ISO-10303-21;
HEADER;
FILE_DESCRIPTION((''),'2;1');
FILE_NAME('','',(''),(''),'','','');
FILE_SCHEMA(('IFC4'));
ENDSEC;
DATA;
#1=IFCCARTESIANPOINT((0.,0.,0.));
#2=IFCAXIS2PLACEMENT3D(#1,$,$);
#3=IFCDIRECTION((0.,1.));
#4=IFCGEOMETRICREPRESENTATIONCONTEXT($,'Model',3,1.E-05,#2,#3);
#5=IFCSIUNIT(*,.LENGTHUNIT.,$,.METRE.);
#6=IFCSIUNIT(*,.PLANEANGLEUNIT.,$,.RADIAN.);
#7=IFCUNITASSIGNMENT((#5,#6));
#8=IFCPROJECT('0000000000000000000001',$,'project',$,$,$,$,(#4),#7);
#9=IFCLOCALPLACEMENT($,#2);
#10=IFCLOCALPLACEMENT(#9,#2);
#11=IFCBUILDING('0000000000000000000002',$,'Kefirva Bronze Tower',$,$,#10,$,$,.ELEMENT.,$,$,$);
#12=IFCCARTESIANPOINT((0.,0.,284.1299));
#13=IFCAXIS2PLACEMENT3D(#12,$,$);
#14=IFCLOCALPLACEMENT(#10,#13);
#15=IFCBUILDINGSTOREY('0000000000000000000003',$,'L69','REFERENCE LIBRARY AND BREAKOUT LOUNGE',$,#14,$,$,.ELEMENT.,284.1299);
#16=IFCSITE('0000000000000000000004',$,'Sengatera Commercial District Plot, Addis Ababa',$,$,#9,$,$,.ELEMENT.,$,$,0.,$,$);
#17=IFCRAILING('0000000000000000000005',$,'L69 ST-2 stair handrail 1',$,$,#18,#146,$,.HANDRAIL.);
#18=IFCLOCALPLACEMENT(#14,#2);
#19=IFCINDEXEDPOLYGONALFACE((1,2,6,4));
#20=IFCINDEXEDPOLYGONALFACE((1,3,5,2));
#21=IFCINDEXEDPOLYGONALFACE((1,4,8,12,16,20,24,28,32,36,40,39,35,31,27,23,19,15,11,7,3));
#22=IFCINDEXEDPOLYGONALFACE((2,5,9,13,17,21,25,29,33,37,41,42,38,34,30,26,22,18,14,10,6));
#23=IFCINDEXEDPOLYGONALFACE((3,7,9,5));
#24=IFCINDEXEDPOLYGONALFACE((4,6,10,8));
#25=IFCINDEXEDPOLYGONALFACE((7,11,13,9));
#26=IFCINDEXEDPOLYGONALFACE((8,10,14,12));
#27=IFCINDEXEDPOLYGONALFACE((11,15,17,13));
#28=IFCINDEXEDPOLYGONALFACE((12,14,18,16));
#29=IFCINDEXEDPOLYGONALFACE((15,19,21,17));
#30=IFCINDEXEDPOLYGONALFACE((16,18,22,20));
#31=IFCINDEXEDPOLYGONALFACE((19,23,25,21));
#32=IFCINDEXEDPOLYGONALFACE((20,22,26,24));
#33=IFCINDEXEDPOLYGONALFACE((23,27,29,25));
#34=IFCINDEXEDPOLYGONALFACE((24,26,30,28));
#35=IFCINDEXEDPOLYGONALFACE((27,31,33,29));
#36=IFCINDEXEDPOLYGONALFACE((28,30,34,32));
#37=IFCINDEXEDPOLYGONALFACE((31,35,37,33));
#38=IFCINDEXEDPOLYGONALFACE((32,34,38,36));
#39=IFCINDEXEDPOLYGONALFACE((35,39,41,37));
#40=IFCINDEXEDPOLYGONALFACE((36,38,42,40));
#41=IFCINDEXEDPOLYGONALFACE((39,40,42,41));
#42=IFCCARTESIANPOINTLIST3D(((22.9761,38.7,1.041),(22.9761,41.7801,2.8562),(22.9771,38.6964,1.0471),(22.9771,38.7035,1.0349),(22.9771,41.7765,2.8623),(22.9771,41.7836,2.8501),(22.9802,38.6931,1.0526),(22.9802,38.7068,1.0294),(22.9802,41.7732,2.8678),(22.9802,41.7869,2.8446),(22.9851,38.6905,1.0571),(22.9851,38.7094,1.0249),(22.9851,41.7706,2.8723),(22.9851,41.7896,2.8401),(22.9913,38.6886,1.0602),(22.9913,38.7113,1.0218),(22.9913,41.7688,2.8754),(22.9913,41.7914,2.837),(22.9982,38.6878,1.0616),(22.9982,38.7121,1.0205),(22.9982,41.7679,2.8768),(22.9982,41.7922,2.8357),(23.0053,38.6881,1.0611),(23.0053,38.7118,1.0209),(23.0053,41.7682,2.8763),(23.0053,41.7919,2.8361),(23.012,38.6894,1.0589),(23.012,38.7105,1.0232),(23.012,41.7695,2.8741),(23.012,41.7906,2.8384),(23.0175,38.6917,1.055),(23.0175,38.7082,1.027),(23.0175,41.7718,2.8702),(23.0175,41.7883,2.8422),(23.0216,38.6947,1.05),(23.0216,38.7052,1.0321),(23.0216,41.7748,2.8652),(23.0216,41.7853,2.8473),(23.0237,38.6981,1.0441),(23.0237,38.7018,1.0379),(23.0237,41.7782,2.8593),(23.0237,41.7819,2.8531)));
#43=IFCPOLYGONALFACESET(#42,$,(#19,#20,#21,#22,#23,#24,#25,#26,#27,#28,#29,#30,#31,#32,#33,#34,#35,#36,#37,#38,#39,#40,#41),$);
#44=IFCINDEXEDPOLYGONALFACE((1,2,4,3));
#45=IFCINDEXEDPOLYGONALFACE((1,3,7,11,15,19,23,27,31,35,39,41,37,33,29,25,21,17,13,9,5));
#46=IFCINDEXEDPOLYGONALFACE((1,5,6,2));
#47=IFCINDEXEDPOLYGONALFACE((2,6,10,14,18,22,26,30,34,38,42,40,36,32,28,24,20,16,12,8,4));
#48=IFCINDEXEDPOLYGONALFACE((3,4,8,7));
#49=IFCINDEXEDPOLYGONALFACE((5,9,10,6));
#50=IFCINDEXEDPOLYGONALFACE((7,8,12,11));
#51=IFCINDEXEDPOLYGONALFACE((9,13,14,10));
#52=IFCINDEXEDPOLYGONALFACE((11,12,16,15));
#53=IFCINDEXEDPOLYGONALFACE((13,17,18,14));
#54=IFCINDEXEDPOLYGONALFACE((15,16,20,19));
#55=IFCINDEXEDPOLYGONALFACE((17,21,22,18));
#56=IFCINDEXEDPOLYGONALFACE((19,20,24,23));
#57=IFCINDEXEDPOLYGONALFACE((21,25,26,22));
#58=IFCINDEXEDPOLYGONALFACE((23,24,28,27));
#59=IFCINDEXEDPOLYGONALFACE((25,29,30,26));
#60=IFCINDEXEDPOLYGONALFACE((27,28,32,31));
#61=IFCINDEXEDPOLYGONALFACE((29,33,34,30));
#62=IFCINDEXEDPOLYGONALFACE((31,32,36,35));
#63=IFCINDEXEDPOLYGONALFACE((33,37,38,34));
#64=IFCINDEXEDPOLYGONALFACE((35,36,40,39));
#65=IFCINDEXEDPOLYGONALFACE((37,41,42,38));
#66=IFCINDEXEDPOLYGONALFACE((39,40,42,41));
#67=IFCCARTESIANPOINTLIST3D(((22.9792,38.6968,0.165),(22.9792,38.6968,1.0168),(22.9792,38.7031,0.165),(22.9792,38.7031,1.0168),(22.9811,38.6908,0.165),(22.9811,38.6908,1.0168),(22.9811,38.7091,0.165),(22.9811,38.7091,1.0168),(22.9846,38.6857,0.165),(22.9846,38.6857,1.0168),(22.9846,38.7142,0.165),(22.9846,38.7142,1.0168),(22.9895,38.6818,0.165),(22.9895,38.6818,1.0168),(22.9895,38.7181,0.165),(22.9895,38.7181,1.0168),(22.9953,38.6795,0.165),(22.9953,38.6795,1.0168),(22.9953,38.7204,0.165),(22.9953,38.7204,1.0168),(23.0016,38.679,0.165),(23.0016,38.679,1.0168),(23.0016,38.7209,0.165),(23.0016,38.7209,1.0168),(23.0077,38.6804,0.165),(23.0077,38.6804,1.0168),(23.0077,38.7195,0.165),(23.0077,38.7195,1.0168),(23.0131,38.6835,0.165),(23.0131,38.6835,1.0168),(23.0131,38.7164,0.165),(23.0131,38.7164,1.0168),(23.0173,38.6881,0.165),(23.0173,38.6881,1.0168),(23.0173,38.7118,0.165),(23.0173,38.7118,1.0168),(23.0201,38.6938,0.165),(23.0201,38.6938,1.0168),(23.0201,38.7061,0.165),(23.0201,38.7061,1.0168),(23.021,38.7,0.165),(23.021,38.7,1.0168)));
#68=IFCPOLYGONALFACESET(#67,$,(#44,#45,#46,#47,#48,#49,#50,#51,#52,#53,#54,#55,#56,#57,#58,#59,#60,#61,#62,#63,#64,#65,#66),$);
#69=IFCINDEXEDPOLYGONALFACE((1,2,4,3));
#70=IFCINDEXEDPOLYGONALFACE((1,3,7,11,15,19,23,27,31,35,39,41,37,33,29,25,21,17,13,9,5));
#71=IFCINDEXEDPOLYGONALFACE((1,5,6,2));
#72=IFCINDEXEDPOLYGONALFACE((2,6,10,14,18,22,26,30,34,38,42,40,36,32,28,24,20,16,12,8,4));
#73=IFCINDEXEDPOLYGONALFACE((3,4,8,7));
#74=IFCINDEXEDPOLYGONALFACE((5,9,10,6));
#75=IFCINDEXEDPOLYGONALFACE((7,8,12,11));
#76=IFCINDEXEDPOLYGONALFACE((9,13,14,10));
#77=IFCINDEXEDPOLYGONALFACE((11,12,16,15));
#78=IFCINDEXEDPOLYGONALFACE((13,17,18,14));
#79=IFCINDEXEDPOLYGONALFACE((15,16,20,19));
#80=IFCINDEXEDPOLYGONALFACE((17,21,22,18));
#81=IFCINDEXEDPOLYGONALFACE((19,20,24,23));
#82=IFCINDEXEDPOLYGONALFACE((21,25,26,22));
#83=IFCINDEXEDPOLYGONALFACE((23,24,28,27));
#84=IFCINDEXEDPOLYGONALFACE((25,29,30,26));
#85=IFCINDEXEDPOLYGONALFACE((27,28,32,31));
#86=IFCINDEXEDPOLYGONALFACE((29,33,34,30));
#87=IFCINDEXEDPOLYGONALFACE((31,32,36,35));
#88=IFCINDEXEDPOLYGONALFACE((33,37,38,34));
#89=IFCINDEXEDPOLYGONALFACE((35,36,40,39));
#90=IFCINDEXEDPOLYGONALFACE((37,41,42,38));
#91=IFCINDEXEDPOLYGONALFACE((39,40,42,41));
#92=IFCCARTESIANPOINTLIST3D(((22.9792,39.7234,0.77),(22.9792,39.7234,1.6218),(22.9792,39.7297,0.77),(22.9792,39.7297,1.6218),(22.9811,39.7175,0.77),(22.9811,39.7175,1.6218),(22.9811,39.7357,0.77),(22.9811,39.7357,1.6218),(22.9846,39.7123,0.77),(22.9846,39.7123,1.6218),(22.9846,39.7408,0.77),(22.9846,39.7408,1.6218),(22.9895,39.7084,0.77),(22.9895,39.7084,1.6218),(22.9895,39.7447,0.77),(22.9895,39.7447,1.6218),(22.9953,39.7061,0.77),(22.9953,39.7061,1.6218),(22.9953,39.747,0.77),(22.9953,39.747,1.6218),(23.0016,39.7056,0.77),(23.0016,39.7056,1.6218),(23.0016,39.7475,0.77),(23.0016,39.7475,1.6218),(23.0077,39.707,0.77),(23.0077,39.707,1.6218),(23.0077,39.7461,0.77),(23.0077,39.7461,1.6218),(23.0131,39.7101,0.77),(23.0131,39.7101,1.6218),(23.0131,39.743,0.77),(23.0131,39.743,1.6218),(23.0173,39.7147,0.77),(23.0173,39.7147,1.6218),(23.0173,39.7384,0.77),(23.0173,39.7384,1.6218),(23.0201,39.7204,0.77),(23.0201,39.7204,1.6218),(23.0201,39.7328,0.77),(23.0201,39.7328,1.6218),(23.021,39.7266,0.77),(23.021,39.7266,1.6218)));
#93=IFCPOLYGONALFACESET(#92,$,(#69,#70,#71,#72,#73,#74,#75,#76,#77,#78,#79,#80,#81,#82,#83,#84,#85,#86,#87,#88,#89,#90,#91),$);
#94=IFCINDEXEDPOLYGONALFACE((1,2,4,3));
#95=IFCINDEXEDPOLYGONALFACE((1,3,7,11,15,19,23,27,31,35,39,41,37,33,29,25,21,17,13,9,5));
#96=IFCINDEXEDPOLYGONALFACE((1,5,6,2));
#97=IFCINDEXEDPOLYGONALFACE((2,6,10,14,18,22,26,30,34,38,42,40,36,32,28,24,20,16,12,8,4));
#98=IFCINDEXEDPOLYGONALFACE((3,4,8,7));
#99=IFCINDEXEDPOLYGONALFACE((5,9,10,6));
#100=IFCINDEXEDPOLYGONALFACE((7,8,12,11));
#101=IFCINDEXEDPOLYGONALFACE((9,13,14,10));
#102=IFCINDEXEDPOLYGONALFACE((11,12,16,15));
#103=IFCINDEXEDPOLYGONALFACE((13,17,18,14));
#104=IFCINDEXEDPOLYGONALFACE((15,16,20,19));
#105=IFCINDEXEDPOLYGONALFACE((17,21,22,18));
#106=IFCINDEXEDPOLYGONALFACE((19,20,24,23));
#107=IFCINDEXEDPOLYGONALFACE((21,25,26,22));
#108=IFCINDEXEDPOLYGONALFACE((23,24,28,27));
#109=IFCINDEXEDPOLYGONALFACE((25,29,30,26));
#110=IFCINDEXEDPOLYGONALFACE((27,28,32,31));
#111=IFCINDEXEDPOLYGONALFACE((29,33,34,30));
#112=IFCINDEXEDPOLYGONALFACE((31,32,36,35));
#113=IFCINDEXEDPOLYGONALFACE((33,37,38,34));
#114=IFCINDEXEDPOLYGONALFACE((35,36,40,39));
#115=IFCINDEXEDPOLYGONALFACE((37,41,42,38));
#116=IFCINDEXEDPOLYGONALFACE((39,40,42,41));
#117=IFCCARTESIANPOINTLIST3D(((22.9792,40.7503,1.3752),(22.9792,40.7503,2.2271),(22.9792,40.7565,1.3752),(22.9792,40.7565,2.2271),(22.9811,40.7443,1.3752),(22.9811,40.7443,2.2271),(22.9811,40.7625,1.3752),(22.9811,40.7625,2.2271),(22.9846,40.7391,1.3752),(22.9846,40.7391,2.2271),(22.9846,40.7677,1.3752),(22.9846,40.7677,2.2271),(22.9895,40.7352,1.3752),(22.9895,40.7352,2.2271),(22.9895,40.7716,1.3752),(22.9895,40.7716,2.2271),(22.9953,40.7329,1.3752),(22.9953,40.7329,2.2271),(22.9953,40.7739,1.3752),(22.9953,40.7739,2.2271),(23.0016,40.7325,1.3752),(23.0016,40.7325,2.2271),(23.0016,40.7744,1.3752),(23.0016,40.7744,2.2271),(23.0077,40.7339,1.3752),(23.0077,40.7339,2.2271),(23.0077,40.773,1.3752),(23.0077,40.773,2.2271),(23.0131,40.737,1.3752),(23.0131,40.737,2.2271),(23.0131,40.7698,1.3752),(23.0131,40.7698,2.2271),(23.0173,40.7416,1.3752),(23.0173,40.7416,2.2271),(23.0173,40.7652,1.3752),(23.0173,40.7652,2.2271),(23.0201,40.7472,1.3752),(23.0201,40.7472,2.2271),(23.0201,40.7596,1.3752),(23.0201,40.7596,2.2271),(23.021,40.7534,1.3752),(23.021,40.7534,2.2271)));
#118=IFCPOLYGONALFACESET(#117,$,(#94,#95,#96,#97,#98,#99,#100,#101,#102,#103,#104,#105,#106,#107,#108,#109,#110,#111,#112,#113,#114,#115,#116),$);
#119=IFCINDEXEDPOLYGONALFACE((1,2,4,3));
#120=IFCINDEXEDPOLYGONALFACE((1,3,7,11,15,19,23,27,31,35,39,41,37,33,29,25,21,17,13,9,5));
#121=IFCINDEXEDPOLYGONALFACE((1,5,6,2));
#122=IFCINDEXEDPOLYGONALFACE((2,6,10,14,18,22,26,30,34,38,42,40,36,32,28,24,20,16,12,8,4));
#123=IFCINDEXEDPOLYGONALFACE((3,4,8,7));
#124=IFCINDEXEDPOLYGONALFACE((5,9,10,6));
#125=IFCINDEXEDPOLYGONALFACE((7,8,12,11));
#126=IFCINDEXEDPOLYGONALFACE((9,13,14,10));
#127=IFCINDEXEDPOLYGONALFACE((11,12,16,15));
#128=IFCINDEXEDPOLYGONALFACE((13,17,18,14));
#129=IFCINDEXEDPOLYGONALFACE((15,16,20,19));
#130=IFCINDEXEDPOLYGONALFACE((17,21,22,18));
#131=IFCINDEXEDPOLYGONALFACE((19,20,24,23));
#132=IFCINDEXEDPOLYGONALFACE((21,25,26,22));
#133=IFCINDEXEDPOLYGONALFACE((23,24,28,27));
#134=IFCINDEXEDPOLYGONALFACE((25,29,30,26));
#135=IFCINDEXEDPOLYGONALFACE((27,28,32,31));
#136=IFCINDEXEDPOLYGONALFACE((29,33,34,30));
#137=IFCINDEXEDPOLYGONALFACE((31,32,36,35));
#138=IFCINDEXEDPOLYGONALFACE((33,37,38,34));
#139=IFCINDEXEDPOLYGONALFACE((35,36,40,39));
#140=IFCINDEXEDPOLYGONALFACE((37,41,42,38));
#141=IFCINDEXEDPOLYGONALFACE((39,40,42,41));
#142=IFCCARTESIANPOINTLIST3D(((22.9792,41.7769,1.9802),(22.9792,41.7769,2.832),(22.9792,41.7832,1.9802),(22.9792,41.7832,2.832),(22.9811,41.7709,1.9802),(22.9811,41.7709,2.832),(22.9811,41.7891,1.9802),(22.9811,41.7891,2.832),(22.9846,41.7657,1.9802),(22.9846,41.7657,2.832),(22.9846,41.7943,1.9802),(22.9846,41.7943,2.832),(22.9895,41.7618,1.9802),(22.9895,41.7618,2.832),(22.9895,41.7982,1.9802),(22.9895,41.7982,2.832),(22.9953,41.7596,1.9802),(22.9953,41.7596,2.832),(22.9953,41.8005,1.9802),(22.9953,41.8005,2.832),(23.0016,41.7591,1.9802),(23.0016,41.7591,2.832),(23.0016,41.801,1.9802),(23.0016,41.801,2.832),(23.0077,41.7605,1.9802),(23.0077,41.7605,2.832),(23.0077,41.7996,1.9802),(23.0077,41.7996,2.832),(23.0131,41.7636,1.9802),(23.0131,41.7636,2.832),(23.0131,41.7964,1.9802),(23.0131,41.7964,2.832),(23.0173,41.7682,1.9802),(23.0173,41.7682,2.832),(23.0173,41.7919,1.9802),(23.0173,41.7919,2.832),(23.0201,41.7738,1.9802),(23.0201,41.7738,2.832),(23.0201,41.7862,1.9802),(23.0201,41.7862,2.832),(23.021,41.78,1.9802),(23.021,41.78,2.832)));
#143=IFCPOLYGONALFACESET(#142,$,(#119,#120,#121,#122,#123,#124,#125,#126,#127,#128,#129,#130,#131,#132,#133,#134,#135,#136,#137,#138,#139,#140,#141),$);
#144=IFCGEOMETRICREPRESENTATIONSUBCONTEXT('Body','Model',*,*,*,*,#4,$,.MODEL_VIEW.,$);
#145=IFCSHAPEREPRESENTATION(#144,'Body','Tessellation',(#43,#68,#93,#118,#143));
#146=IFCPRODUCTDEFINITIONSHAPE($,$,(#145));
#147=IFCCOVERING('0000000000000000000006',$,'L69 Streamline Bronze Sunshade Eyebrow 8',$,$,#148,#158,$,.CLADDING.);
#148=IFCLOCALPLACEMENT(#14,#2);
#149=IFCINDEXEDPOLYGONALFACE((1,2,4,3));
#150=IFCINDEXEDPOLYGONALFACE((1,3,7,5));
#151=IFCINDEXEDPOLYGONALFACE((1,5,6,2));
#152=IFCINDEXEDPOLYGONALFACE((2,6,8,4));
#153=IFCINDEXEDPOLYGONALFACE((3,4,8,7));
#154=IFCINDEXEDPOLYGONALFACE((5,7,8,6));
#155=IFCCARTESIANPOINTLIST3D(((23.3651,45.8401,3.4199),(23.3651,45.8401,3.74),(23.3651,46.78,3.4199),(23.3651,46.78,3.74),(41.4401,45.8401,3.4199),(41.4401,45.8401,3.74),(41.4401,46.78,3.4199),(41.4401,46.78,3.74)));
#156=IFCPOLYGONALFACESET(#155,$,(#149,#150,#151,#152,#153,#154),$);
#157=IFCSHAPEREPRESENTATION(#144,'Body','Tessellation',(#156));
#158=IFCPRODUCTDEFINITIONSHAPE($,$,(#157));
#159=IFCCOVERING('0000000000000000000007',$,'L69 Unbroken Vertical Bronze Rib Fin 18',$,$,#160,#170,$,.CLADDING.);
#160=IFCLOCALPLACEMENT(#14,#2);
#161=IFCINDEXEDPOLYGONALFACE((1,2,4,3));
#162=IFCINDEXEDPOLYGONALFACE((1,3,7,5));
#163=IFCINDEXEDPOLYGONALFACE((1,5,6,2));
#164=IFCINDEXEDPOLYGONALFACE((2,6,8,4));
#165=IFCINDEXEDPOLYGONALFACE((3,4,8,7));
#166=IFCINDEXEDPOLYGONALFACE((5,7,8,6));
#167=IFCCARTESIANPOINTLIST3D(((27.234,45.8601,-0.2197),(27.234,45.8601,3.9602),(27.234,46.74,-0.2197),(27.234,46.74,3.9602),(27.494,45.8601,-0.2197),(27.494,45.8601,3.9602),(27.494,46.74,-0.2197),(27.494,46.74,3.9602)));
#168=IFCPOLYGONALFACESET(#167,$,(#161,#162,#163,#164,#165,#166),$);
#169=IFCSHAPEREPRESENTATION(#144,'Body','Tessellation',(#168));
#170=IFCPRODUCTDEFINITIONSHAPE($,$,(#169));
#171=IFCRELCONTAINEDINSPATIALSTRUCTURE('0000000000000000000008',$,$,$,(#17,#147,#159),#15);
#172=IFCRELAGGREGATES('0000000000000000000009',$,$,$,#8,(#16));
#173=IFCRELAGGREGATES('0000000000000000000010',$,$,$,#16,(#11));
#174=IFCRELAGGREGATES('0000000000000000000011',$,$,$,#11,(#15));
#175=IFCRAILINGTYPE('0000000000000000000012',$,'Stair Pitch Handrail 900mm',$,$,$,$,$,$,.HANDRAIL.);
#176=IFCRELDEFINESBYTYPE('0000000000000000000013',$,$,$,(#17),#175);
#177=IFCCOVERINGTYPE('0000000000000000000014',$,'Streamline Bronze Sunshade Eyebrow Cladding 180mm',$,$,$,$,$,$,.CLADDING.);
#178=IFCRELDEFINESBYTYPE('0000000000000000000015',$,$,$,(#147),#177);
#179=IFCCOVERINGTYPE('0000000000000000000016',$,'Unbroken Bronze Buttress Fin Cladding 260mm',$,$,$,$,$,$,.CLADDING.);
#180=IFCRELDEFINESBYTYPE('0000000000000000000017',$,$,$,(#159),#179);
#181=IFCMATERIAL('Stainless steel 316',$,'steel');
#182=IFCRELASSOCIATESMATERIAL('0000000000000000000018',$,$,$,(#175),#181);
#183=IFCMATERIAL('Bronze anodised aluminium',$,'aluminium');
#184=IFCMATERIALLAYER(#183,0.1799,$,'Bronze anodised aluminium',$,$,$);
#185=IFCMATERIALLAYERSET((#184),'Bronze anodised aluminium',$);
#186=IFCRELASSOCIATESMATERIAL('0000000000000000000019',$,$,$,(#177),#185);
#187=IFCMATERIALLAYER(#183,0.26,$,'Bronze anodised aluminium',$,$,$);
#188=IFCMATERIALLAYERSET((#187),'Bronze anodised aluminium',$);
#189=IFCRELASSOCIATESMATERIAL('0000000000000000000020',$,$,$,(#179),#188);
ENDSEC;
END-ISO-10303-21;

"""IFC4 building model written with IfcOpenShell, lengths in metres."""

from ifc_helpers import new_model, si_unit, direction, frame, origin, origin_2d, place, context, subcontext, project, spatial, rectangle, circle, extrude, material, layer, layer_set, type_object, element, save


model = new_model("IFC4")

# Units and contexts
model_context = context("Model", 3, precision=1e-05, world=origin(), true_north=direction((0.0, 1.0)))
body_context = subcontext(model_context, "Body", "Model", "MODEL_VIEW")
ifc_project = project(units=[si_unit("LENGTHUNIT", "METRE"), si_unit("PLANEANGLEUNIT", "RADIAN")], contexts=[model_context])

# Site, building, storey
site_placement = place(None, origin())
site = spatial("IfcSite", under=ifc_project, at=site_placement, Name="Sengatera Commercial District Plot, Addis Ababa", CompositionType="ELEMENT", RefElevation=0.0)
building_placement = place(site_placement, origin())
building = spatial("IfcBuilding", under=site, at=building_placement, Name="Kefirva Bronze Tower", CompositionType="ELEMENT")
storey_placement = place(building_placement, frame((0.0, 0.0, 284.1299)))
storey = spatial("IfcBuildingStorey", under=building, at=storey_placement, Name="L69", Description="REFERENCE LIBRARY AND BREAKOUT LOUNGE", CompositionType="ELEMENT", Elevation=284.1299)

# Shared definitions
ifc_material_1 = material(Name="Bronze anodised aluminium", Category="aluminium")

# Railing
ifc_material_2 = material(Name="Stainless steel 316", Category="steel")
railing_type_1 = type_object("IfcRailingType", Name="Stair Pitch Handrail 900mm", PredefinedType="HANDRAIL", material=ifc_material_2)
railing_1_placement = place(storey_placement, frame((23.0, 38.7, 0.165)))
element("IfcRailing", 1, at=railing_1_placement, inside=storey, type_object=railing_type_1, Name="L69 ST-2 stair handrail 1", PredefinedType="HANDRAIL", context=body_context, shape_type="SweptSolid", body=[
    extrude(circle(Radius=0.0239, at=origin_2d()), frame((0.0, 0.0, 0.876), z_axis=(0.0, 0.861521, 0.507721), x_axis=(-1.0, 0.0, 0.0)), (0.0, 0.0, 1.0), 3.5752),
    extrude(circle(Radius=0.021, at=origin_2d()), origin(), (0.0, 0.0, 1.0), 0.8518),
    extrude(circle(Radius=0.021, at=origin_2d()), frame((0.0, 1.0266, 0.605)), (0.0, 0.0, 1.0), 0.8518),
    extrude(circle(Radius=0.021, at=origin_2d()), frame((0.0, 2.0535, 1.2102)), (0.0, 0.0, 1.0), 0.8518),
    extrude(circle(Radius=0.021, at=origin_2d()), frame((0.0, 3.0801, 1.8152)), (0.0, 0.0, 1.0), 0.8518),
])

# Coverings
ifc_layer_1 = layer(ifc_material_1, 0.1799, Name="Bronze anodised aluminium")
ifc_layer_set_1 = layer_set([ifc_layer_1], Name="Bronze anodised aluminium")
covering_type_1 = type_object("IfcCoveringType", Name="Streamline Bronze Sunshade Eyebrow Cladding 180mm", PredefinedType="CLADDING", material=ifc_layer_set_1)
covering_1_placement = place(storey_placement, frame((32.4026, 46.3101, 3.4199), z_axis=(0.0, 0.0, 1.0), x_axis=(-1.0, 0.0, 0.0)))
element("IfcCovering", 2, at=covering_1_placement, inside=storey, type_object=covering_type_1, Name="L69 Streamline Bronze Sunshade Eyebrow 8", PredefinedType="CLADDING", context=body_context, shape_type="SweptSolid", body=[
    extrude(rectangle(XDim=18.075, YDim=0.9399, at=origin_2d()), origin(), (0.0, 0.0, 1.0), 0.3201),
])
ifc_layer_2 = layer(ifc_material_1, 0.26, Name="Bronze anodised aluminium")
ifc_layer_set_2 = layer_set([ifc_layer_2], Name="Bronze anodised aluminium")
covering_type_2 = type_object("IfcCoveringType", Name="Unbroken Bronze Buttress Fin Cladding 260mm", PredefinedType="CLADDING", material=ifc_layer_set_2)
covering_2_placement = place(storey_placement, frame((27.364, 46.3, -0.2197), z_axis=(0.0, 0.0, 1.0), x_axis=(-1.0, 0.0, 0.0)))
element("IfcCovering", 3, at=covering_2_placement, inside=storey, type_object=covering_type_2, Name="L69 Unbroken Vertical Bronze Rib Fin 18", PredefinedType="CLADDING", context=body_context, shape_type="SweptSolid", body=[
    extrude(rectangle(XDim=0.26, YDim=0.8799, at=origin_2d()), origin(), (0.0, 0.0, 1.0), 4.1799),
])

save(model, "model.ifc")
